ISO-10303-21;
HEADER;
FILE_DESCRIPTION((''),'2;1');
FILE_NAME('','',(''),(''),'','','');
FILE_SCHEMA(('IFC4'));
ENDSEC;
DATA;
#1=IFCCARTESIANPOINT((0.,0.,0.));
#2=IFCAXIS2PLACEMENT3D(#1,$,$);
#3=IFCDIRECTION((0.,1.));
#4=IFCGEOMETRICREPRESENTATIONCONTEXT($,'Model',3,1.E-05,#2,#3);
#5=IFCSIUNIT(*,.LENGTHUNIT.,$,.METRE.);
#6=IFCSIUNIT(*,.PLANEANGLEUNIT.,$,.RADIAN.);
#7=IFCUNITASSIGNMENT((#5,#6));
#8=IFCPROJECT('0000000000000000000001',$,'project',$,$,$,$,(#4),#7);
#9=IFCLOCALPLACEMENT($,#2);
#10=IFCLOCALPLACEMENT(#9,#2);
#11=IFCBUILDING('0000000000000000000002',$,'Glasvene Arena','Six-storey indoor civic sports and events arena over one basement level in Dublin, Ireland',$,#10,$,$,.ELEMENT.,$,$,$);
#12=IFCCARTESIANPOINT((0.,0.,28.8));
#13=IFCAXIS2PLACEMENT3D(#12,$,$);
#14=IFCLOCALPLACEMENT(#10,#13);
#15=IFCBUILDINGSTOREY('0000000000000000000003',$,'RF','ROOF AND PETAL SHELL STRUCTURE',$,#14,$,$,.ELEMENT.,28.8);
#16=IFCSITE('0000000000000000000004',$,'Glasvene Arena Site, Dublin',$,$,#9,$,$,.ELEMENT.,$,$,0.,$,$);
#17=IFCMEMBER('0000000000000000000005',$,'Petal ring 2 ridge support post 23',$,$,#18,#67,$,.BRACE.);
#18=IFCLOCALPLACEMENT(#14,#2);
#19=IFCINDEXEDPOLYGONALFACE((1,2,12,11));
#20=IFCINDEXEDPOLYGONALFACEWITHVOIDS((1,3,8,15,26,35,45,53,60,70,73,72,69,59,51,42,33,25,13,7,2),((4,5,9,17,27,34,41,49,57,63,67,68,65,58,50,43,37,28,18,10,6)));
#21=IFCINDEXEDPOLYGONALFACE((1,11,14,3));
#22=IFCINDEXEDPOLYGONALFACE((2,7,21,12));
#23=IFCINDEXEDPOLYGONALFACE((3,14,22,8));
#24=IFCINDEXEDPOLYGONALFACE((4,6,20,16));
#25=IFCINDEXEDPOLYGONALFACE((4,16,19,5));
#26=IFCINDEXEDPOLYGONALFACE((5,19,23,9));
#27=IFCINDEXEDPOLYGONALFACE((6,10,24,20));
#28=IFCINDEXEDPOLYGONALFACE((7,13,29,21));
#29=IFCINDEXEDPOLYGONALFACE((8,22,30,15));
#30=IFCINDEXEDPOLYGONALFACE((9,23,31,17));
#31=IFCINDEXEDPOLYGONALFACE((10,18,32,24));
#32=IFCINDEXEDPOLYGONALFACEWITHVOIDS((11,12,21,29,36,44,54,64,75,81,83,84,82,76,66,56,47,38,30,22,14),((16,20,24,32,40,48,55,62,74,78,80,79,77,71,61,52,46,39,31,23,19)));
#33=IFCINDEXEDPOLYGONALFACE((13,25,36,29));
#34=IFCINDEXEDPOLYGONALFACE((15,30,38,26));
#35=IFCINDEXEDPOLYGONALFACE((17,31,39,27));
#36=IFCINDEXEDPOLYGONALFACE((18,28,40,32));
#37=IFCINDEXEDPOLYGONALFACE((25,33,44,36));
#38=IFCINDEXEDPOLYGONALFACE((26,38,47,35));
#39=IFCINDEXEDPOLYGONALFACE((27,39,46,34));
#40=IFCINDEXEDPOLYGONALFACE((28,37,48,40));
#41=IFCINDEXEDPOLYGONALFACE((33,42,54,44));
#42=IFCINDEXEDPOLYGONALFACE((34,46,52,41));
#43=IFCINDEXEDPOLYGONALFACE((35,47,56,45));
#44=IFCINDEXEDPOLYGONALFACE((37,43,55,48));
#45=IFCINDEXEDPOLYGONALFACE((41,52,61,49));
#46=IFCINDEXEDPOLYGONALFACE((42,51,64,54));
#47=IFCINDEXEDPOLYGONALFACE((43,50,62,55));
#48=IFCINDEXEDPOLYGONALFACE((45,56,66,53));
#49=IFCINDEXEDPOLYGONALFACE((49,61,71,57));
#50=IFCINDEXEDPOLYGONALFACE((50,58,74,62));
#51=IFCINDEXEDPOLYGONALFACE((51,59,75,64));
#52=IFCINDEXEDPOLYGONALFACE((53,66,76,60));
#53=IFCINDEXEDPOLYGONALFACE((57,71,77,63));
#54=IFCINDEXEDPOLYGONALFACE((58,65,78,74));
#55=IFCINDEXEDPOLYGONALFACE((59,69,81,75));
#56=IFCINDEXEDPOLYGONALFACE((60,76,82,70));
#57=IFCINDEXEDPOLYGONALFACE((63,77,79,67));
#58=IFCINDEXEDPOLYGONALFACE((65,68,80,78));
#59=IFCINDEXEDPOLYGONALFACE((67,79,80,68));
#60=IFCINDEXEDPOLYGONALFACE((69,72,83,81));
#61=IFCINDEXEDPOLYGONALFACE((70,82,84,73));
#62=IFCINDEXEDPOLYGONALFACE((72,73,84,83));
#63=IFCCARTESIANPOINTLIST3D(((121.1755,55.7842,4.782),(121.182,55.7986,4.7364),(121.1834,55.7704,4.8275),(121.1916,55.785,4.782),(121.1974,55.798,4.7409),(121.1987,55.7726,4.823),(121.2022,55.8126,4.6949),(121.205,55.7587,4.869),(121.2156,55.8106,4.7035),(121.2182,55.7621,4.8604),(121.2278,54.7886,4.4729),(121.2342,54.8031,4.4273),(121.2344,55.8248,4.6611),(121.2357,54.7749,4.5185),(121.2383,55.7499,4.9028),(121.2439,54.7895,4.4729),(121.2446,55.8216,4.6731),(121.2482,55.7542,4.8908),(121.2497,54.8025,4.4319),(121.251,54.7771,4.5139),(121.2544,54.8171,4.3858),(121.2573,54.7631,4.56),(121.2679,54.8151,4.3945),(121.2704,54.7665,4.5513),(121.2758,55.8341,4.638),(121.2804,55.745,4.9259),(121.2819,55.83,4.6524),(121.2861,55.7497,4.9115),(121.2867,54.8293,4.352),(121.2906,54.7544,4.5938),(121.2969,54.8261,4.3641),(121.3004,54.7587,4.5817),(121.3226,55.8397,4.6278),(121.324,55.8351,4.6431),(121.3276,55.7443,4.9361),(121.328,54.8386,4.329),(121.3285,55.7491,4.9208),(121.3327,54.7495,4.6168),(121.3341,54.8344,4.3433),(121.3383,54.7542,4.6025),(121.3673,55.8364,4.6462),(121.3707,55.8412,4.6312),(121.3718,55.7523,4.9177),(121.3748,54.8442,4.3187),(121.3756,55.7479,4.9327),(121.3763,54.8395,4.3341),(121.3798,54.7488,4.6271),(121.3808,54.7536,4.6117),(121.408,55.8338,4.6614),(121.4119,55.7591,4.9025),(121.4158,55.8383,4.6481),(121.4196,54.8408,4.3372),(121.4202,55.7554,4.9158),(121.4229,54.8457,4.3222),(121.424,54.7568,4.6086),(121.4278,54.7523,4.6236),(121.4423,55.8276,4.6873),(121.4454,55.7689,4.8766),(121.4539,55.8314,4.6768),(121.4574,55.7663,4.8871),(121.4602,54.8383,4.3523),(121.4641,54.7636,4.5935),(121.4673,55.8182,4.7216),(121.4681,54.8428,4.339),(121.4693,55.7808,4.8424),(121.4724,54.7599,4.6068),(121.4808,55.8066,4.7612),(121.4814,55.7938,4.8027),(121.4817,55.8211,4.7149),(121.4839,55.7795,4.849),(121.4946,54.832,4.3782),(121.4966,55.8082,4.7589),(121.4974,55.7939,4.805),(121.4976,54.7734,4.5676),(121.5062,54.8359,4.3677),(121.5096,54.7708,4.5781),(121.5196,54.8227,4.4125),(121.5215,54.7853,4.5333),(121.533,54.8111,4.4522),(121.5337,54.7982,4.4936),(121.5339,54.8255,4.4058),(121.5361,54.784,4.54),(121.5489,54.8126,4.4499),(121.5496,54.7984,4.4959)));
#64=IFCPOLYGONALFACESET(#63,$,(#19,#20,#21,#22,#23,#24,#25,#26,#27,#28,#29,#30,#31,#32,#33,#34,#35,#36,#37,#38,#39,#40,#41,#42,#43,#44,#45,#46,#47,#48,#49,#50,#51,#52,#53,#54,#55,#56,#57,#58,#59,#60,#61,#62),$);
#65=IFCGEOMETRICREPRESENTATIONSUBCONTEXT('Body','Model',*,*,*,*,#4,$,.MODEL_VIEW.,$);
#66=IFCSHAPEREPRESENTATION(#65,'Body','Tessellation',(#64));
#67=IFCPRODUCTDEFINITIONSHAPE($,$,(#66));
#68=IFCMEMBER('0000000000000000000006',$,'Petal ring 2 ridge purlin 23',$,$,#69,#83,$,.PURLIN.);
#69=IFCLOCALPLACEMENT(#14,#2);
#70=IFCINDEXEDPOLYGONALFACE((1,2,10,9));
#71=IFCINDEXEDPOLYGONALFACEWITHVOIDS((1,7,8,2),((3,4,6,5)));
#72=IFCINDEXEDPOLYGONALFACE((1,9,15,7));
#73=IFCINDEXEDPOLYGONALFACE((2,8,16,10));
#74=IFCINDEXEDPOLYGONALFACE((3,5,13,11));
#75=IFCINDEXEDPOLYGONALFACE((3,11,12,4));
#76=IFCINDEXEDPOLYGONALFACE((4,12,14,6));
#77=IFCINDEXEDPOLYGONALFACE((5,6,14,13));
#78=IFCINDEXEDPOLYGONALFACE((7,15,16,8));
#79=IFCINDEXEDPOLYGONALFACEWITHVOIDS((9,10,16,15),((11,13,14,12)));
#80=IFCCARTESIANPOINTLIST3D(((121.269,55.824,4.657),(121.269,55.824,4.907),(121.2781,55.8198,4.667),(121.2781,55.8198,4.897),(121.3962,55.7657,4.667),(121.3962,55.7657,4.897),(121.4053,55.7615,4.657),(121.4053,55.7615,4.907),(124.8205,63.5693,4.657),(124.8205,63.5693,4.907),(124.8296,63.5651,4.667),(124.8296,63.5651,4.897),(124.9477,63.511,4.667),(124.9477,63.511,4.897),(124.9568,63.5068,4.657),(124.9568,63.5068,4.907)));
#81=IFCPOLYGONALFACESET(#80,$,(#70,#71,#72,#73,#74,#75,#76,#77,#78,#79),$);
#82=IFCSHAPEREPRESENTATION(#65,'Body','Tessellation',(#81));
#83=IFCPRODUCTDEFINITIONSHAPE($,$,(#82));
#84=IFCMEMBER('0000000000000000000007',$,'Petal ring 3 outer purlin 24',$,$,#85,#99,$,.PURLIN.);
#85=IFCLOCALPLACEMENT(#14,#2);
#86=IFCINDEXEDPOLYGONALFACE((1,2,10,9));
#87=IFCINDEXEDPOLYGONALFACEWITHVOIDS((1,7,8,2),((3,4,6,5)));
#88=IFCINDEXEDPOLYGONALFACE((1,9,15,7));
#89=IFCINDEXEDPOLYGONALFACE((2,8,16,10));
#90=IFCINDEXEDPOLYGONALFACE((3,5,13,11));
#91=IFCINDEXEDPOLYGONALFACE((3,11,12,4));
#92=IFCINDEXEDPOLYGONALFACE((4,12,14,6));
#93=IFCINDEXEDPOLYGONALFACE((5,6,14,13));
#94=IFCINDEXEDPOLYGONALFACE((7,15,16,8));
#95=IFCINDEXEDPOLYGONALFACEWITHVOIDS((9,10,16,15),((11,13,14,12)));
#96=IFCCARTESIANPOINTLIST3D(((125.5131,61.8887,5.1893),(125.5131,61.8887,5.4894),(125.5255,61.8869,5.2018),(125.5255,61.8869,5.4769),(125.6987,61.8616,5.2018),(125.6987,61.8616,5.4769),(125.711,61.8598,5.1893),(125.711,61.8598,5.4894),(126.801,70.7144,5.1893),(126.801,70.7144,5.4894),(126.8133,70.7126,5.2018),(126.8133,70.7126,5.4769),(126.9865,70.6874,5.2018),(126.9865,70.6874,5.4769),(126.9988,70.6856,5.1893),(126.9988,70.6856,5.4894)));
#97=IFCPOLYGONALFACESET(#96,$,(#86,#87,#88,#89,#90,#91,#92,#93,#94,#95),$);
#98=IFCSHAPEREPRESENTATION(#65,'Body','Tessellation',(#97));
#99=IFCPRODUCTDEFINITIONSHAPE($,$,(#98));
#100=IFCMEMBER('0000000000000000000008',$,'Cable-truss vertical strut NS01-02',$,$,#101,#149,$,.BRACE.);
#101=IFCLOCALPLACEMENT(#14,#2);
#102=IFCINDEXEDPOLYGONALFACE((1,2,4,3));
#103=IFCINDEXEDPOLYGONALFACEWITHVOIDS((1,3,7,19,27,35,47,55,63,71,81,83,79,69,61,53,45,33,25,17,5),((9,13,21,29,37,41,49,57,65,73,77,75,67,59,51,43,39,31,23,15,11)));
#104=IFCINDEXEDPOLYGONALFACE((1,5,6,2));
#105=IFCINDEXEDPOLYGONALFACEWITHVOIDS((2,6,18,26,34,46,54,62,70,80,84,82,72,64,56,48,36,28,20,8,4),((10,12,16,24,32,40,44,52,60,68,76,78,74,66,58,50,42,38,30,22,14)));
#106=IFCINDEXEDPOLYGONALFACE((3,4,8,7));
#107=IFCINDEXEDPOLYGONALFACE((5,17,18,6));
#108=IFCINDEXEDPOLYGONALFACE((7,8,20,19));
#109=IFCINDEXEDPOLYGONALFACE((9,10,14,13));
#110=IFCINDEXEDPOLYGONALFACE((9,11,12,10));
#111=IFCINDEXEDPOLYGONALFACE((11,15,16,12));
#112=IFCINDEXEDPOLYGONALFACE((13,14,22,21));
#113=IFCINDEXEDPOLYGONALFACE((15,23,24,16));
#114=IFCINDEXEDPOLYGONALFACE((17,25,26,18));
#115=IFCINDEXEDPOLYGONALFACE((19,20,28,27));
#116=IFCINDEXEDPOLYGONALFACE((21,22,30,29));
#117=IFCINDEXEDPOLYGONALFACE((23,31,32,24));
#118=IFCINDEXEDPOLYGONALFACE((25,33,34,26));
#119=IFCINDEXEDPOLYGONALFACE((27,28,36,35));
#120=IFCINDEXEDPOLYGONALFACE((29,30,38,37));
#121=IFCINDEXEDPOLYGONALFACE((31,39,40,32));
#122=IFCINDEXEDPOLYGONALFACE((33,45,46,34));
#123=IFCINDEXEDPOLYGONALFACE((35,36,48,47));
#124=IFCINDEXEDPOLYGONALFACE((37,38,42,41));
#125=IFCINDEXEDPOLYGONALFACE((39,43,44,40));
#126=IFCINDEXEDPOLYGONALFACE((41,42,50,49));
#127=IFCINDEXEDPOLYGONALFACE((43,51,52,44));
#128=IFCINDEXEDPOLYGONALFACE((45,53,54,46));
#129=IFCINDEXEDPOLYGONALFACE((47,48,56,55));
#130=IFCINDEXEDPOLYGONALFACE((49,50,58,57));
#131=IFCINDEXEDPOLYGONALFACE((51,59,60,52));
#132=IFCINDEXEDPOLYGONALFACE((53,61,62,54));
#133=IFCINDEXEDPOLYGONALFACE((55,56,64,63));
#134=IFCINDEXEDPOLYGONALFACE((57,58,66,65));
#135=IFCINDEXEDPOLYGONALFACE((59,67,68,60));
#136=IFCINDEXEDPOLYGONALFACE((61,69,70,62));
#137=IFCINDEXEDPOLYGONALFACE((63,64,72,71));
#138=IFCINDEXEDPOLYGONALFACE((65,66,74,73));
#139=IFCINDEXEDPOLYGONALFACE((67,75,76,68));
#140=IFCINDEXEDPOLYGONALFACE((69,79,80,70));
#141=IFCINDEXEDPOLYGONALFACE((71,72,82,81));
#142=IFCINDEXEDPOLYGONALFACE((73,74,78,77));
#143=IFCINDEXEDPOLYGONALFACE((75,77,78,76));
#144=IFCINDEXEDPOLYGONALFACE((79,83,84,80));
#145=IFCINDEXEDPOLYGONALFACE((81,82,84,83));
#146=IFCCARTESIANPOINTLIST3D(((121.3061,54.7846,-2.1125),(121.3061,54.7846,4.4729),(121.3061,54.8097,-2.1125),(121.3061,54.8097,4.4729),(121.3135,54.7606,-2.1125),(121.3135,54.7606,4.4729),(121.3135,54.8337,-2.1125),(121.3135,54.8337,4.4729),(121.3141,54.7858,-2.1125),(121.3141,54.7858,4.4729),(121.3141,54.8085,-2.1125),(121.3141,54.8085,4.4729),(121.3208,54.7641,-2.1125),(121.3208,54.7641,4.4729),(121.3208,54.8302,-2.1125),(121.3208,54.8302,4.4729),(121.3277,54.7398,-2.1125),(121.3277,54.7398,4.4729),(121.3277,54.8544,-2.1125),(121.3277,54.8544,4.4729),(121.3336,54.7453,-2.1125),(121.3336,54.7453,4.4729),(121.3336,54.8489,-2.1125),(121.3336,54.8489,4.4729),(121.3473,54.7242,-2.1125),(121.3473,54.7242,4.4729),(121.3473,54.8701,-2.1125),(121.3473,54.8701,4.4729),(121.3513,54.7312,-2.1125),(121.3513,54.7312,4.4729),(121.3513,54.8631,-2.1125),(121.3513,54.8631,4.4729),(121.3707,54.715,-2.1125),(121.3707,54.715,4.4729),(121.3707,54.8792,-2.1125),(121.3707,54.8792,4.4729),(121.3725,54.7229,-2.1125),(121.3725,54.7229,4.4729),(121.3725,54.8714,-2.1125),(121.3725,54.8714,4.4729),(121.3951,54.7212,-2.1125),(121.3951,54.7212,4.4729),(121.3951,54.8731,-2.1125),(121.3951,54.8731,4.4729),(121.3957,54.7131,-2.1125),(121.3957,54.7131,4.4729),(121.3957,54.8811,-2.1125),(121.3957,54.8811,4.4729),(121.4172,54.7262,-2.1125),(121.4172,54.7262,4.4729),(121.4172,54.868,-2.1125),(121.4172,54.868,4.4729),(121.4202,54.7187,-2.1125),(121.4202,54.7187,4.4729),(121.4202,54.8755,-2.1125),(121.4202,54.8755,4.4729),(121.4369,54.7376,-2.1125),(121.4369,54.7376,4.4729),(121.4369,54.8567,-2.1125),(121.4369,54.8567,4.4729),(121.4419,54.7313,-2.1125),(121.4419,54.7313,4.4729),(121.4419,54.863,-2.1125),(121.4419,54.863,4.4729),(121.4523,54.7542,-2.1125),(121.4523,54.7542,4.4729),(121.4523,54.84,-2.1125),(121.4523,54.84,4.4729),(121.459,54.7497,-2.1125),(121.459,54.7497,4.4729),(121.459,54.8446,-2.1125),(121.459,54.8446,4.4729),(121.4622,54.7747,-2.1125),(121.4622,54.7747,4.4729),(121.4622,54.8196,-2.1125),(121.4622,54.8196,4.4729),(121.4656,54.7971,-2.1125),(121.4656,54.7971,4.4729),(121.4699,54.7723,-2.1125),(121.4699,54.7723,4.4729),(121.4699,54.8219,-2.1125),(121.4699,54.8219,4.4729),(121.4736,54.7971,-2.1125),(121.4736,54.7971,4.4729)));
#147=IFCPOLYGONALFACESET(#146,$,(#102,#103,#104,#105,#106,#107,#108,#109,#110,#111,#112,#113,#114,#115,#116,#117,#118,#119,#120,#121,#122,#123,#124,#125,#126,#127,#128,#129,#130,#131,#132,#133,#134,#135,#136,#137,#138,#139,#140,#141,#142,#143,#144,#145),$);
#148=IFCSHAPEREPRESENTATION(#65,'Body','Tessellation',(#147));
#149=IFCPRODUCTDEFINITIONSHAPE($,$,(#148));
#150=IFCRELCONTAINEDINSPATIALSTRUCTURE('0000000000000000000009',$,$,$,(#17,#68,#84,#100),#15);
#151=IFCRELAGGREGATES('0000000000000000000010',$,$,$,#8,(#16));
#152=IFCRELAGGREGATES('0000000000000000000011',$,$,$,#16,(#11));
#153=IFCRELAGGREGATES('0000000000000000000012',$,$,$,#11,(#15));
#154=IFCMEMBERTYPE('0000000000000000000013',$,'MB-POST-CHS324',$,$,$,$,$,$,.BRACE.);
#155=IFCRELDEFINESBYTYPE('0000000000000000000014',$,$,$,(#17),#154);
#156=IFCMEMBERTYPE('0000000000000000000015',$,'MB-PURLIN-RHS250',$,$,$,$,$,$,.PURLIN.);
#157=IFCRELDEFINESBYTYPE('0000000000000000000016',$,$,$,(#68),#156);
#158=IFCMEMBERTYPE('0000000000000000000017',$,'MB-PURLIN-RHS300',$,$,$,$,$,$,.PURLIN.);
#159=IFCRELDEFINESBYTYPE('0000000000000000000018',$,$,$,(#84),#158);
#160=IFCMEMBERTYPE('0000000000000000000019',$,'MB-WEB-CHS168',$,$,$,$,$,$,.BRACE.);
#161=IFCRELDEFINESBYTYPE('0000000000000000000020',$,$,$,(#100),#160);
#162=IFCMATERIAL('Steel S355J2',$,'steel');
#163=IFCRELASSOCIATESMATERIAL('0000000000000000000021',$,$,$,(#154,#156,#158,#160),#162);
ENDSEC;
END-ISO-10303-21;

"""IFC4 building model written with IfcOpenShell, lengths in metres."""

from ifc_helpers import new_model, si_unit, direction, frame, origin, origin_2d, place, context, subcontext, project, spatial, hollow_rectangle, hollow_circle, extrude, material, material_profile, profile_set, type_object, element, save


model = new_model("IFC4")

# Units and contexts
model_context = context("Model", 3, precision=1e-05, world=origin(), true_north=direction((0.0, 1.0)))
body_context = subcontext(model_context, "Body", "Model", "MODEL_VIEW")
ifc_project = project(units=[si_unit("LENGTHUNIT", "METRE"), si_unit("PLANEANGLEUNIT", "RADIAN")], contexts=[model_context])

# Site, building, storey
site_placement = place(None, origin())
site = spatial("IfcSite", under=ifc_project, at=site_placement, Name="Glasvene Arena Site, Dublin", CompositionType="ELEMENT", RefElevation=0.0)
building_placement = place(site_placement, origin())
building = spatial("IfcBuilding", under=site, at=building_placement, Name="Glasvene Arena", Description="Six-storey indoor civic sports and events arena over one basement level in Dublin, Ireland", CompositionType="ELEMENT")
storey_placement = place(building_placement, frame((0.0, 0.0, 28.8)))
storey = spatial("IfcBuildingStorey", under=building, at=storey_placement, Name="RF", Description="ROOF AND PETAL SHELL STRUCTURE", CompositionType="ELEMENT", Elevation=28.8)

# Members
ifc_material_1 = material(Name="Steel S355J2", Category="steel")
ifc_material_profile_1 = material_profile(ifc_material_1, hollow_circle(Radius=0.1619, WallThickness=0.0161, at=origin_2d()), Name="CHS 323.9x16.0")
ifc_profile_set_1 = profile_set([ifc_material_profile_1], Name="Steel S355J2")
member_type_1 = type_object("IfcMemberType", Name="MB-POST-CHS324", PredefinedType="BRACE", material=ifc_profile_set_1)
member_1_placement = place(storey_placement, frame((121.3894, 54.7971, 4.4729), z_axis=(-0.050054, 0.95384, 0.296116), x_axis=(-0.998626, -0.052405, 0.0)))
element("IfcMember", 1, at=member_1_placement, inside=storey, type_object=member_type_1, Name="Petal ring 2 ridge support post 23", PredefinedType="BRACE", context=body_context, shape_type="SweptSolid", body=[
    extrude(hollow_circle(Radius=0.1619, WallThickness=0.0161, at=origin_2d()), origin(), (0.0, 0.0, 1.0), 1.0437),
])
ifc_material_profile_2 = material_profile(ifc_material_1, hollow_rectangle(XDim=0.1499, YDim=0.25, WallThickness=0.01, at=origin_2d()), Name="RHS 250x150x10.0")
ifc_profile_set_2 = profile_set([ifc_material_profile_2], Name="Steel S355J2")
member_type_2 = type_object("IfcMemberType", Name="MB-PURLIN-RHS250", PredefinedType="PURLIN", material=ifc_profile_set_2)
member_2_placement = place(storey_placement, frame((121.3372, 55.7927, 4.782), z_axis=(0.416806, 0.908996, 0.0), x_axis=(-0.908996, 0.416806, 0.0)))
element("IfcMember", 2, at=member_2_placement, inside=storey, type_object=member_type_2, Name="Petal ring 2 ridge purlin 23", PredefinedType="PURLIN", context=body_context, shape_type="SweptSolid", body=[
    extrude(hollow_rectangle(XDim=0.1499, YDim=0.25, WallThickness=0.01, at=origin_2d()), origin(), (0.0, 0.0, 1.0), 8.5208),
])
ifc_material_profile_3 = material_profile(ifc_material_1, hollow_rectangle(XDim=0.2, YDim=0.3, WallThickness=0.0125, at=origin_2d()), Name="RHS 300x200x12.5")
ifc_profile_set_3 = profile_set([ifc_material_profile_3], Name="Steel S355J2")
member_type_3 = type_object("IfcMemberType", Name="MB-PURLIN-RHS300", PredefinedType="PURLIN", material=ifc_profile_set_3)
member_3_placement = place(storey_placement, frame((125.6121, 61.8743, 5.3394), z_axis=(0.144391, 0.989521, 0.0), x_axis=(-0.989521, 0.144391, 0.0)))
element("IfcMember", 3, at=member_3_placement, inside=storey, type_object=member_type_3, Name="Petal ring 3 outer purlin 24", PredefinedType="PURLIN", context=body_context, shape_type="SweptSolid", body=[
    extrude(hollow_rectangle(XDim=0.2, YDim=0.3, WallThickness=0.0125, at=origin_2d()), origin(), (0.0, 0.0, 1.0), 8.9192),
])
ifc_material_profile_4 = material_profile(ifc_material_1, hollow_circle(Radius=0.0842, WallThickness=0.0081, at=origin_2d()), Name="CHS 168.3x8.0")
ifc_profile_set_4 = profile_set([ifc_material_profile_4], Name="Steel S355J2")
member_type_4 = type_object("IfcMemberType", Name="MB-WEB-CHS168", PredefinedType="BRACE", material=ifc_profile_set_4)
member_4_placement = place(storey_placement, frame((121.3894, 54.7971, -2.1125), z_axis=(0.0, 0.0, 1.0), x_axis=(1.0, 0.0, 0.0)))
element("IfcMember", 4, at=member_4_placement, inside=storey, type_object=member_type_4, Name="Cable-truss vertical strut NS01-02", PredefinedType="BRACE", context=body_context, shape_type="SweptSolid", body=[
    extrude(hollow_circle(Radius=0.0842, WallThickness=0.0081, at=origin_2d()), origin(), (0.0, 0.0, 1.0), 6.5854),
])

save(model, "model.ifc")
